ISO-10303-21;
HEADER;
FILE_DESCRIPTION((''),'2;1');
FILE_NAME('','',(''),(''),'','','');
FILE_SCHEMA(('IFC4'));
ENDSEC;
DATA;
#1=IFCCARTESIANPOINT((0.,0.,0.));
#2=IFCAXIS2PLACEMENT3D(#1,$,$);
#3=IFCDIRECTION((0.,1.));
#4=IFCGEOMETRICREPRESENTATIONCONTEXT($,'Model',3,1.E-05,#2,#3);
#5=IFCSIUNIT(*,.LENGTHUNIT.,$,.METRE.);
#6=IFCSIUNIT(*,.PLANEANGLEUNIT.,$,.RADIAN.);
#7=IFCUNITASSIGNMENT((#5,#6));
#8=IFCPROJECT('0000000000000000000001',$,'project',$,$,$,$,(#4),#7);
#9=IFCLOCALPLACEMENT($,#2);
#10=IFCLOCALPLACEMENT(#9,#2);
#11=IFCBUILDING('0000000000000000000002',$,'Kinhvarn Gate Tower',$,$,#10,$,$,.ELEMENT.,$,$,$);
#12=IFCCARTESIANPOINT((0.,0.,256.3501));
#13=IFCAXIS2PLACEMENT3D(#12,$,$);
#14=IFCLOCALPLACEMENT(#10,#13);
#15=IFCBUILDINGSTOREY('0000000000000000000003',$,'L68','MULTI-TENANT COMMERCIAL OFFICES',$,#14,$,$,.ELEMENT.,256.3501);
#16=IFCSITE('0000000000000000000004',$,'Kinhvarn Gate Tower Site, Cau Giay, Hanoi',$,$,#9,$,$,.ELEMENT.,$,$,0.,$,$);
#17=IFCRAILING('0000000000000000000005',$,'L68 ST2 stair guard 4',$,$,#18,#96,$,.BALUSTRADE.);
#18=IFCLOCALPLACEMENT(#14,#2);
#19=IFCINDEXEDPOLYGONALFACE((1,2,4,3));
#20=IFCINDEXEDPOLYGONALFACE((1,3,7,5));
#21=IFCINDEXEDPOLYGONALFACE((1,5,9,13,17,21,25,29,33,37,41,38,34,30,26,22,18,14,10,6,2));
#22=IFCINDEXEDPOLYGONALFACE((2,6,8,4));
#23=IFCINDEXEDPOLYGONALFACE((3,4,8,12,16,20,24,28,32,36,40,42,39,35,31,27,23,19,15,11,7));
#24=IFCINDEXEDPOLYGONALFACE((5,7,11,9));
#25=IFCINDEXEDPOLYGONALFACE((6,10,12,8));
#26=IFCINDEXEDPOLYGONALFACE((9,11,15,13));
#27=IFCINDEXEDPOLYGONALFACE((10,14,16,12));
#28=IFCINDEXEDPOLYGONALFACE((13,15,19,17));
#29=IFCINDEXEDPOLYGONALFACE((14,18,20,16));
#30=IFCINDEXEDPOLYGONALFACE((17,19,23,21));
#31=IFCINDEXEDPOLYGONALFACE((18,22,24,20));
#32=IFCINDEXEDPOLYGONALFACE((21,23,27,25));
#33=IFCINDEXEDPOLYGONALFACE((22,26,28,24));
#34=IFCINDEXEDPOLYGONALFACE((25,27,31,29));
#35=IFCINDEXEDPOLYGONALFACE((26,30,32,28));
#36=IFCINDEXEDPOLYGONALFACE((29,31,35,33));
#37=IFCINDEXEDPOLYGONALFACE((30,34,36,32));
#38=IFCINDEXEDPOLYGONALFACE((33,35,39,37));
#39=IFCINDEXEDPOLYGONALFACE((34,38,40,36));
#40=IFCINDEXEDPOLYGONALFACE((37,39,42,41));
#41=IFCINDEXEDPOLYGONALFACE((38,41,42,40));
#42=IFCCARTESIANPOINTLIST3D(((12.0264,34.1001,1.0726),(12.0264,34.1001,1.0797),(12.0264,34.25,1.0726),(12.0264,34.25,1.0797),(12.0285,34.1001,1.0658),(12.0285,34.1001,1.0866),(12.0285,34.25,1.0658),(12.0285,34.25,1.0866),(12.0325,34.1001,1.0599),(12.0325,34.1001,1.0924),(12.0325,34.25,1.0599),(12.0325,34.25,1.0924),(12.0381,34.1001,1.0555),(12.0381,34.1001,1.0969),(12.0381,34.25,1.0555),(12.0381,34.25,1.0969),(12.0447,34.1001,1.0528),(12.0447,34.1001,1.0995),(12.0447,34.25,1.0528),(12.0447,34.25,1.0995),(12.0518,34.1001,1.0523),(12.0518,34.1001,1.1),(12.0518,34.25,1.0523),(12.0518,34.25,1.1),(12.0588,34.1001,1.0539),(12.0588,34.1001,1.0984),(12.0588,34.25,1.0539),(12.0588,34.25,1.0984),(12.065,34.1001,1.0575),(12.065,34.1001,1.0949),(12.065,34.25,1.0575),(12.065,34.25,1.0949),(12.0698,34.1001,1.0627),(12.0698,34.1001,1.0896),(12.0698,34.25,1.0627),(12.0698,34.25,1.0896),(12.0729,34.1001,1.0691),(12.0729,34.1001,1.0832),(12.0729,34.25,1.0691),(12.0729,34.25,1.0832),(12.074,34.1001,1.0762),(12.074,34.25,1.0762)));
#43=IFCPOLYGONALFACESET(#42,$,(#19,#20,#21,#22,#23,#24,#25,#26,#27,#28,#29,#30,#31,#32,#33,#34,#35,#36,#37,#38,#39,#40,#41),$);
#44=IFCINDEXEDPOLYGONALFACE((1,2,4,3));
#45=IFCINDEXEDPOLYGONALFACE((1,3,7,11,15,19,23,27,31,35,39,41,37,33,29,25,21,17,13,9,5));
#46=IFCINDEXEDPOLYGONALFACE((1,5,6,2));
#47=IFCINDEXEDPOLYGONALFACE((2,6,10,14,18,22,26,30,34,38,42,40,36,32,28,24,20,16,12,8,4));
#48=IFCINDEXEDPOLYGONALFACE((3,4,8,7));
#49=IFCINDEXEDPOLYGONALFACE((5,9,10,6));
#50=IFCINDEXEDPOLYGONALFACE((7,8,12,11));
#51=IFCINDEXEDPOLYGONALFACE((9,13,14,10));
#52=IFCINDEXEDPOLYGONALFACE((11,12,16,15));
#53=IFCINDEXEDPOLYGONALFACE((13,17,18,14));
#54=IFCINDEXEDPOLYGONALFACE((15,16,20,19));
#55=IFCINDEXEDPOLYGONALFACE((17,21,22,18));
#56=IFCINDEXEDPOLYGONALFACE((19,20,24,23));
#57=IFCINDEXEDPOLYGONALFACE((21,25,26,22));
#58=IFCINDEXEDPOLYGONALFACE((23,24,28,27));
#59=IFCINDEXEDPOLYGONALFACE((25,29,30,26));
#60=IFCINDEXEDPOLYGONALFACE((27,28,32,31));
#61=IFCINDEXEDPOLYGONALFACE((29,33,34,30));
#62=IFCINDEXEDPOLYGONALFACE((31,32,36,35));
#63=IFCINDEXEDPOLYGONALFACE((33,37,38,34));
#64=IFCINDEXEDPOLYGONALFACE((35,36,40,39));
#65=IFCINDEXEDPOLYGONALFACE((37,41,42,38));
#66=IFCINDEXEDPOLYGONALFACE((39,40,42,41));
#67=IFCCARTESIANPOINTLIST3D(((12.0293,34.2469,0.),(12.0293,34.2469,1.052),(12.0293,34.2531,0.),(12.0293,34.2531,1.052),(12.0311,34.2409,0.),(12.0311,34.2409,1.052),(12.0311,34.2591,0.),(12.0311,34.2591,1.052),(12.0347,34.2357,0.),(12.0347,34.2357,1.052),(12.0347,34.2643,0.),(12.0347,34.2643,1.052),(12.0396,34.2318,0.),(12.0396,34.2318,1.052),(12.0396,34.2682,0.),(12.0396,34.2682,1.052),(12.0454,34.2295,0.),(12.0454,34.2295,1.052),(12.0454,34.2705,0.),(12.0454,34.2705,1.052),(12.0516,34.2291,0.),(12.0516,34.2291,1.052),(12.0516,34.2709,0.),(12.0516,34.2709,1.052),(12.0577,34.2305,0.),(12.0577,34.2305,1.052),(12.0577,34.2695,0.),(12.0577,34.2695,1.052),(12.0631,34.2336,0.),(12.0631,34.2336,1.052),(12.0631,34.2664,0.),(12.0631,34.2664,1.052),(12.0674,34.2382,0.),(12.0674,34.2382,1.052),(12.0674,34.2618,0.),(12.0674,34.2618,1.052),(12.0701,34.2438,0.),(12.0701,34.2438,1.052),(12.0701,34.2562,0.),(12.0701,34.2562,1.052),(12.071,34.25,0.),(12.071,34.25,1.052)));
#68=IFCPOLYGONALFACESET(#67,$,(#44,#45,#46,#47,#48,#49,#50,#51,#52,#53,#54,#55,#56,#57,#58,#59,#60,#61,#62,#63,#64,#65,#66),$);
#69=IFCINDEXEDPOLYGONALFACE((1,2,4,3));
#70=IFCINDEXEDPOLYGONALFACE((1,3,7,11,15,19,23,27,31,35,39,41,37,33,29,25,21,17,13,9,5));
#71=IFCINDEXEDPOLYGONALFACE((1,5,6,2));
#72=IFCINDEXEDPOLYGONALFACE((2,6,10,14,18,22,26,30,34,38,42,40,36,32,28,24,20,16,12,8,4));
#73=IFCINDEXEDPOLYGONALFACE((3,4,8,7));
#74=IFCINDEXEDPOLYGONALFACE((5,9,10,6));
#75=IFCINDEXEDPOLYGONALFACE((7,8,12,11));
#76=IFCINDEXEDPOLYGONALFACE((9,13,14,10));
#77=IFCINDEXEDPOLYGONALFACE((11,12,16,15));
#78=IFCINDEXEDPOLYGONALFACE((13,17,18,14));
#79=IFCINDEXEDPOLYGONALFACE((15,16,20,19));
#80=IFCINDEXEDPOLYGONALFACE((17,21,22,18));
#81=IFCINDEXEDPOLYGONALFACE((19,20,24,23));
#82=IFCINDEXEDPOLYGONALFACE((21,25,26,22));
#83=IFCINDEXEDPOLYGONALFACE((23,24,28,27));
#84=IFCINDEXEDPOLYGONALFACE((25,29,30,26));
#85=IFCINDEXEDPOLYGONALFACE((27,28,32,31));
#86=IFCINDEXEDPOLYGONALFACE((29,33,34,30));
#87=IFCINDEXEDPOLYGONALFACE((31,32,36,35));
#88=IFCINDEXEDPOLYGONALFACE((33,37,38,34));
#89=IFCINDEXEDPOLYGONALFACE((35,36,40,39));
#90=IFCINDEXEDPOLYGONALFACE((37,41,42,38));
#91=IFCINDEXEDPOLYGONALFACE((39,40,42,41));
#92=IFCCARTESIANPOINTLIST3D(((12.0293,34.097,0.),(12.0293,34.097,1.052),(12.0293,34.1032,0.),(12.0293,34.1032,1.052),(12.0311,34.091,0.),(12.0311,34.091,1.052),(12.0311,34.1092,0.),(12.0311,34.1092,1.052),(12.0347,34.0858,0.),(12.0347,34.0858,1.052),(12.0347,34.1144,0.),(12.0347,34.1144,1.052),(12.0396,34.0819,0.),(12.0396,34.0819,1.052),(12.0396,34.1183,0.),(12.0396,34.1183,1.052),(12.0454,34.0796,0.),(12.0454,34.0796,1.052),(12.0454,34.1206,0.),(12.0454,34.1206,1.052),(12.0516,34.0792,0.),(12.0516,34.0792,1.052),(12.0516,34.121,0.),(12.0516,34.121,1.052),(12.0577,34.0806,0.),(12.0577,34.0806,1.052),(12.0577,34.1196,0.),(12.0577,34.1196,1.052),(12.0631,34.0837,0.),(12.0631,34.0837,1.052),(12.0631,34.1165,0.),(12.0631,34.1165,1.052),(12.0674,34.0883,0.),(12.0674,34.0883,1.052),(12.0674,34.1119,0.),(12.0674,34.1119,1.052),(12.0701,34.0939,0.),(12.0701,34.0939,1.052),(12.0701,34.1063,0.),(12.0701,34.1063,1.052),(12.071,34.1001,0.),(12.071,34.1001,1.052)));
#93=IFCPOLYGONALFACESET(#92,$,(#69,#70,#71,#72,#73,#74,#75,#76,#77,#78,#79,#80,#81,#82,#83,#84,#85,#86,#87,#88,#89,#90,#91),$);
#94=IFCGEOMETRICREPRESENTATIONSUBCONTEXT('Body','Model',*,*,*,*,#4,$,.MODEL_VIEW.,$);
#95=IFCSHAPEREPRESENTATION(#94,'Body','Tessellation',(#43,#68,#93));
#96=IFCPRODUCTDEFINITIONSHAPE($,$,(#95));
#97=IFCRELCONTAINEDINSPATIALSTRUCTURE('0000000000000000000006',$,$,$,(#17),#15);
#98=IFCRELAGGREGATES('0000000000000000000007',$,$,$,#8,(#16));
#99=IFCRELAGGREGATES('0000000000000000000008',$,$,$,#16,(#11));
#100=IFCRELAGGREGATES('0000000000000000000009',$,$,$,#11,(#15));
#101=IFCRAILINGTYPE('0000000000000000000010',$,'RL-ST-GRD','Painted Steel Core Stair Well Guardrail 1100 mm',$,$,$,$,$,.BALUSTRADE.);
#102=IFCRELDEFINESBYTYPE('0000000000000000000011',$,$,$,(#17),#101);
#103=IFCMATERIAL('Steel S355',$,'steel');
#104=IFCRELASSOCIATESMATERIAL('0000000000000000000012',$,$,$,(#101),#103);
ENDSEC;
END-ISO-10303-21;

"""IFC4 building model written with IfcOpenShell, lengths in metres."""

from ifc_helpers import new_model, si_unit, direction, frame, origin, origin_2d, place, context, subcontext, project, spatial, circle, extrude, material, type_object, element, save


model = new_model("IFC4")

# Units and contexts
model_context = context("Model", 3, precision=1e-05, world=origin(), true_north=direction((0.0, 1.0)))
body_context = subcontext(model_context, "Body", "Model", "MODEL_VIEW")
ifc_project = project(units=[si_unit("LENGTHUNIT", "METRE"), si_unit("PLANEANGLEUNIT", "RADIAN")], contexts=[model_context])

# Site, building, storey
site_placement = place(None, origin())
site = spatial("IfcSite", under=ifc_project, at=site_placement, Name="Kinhvarn Gate Tower Site, Cau Giay, Hanoi", CompositionType="ELEMENT", RefElevation=0.0)
building_placement = place(site_placement, origin())
building = spatial("IfcBuilding", under=site, at=building_placement, Name="Kinhvarn Gate Tower", CompositionType="ELEMENT")
storey_placement = place(building_placement, frame((0.0, 0.0, 256.3501)))
storey = spatial("IfcBuildingStorey", under=building, at=storey_placement, Name="L68", Description="MULTI-TENANT COMMERCIAL OFFICES", CompositionType="ELEMENT", Elevation=256.3501)

# Railing
ifc_material_1 = material(Name="Steel S355", Category="steel")
railing_type_1 = type_object("IfcRailingType", Name="RL-ST-GRD", Description="Painted Steel Core Stair Well Guardrail 1100 mm", PredefinedType="BALUSTRADE", material=ifc_material_1)
railing_1_placement = place(storey_placement, frame((12.05, 34.25, 0.0)))
element("IfcRailing", 1, at=railing_1_placement, inside=storey, type_object=railing_type_1, Name="L68 ST2 stair guard 4", PredefinedType="BALUSTRADE", context=body_context, shape_type="SweptSolid", body=[
    extrude(circle(Radius=0.0239, at=origin_2d()), frame((0.0, 0.0, 1.0762), z_axis=(0.0, -1.0, 0.0), x_axis=(1.0, 0.0, 0.0)), (0.0, 0.0, 1.0), 0.1499),
    extrude(circle(Radius=0.021, at=origin_2d()), origin(), (0.0, 0.0, 1.0), 1.052),
    extrude(circle(Radius=0.021, at=origin_2d()), frame((0.0, -0.1499, 0.0)), (0.0, 0.0, 1.0), 1.052),
])

save(model, "model.ifc")
